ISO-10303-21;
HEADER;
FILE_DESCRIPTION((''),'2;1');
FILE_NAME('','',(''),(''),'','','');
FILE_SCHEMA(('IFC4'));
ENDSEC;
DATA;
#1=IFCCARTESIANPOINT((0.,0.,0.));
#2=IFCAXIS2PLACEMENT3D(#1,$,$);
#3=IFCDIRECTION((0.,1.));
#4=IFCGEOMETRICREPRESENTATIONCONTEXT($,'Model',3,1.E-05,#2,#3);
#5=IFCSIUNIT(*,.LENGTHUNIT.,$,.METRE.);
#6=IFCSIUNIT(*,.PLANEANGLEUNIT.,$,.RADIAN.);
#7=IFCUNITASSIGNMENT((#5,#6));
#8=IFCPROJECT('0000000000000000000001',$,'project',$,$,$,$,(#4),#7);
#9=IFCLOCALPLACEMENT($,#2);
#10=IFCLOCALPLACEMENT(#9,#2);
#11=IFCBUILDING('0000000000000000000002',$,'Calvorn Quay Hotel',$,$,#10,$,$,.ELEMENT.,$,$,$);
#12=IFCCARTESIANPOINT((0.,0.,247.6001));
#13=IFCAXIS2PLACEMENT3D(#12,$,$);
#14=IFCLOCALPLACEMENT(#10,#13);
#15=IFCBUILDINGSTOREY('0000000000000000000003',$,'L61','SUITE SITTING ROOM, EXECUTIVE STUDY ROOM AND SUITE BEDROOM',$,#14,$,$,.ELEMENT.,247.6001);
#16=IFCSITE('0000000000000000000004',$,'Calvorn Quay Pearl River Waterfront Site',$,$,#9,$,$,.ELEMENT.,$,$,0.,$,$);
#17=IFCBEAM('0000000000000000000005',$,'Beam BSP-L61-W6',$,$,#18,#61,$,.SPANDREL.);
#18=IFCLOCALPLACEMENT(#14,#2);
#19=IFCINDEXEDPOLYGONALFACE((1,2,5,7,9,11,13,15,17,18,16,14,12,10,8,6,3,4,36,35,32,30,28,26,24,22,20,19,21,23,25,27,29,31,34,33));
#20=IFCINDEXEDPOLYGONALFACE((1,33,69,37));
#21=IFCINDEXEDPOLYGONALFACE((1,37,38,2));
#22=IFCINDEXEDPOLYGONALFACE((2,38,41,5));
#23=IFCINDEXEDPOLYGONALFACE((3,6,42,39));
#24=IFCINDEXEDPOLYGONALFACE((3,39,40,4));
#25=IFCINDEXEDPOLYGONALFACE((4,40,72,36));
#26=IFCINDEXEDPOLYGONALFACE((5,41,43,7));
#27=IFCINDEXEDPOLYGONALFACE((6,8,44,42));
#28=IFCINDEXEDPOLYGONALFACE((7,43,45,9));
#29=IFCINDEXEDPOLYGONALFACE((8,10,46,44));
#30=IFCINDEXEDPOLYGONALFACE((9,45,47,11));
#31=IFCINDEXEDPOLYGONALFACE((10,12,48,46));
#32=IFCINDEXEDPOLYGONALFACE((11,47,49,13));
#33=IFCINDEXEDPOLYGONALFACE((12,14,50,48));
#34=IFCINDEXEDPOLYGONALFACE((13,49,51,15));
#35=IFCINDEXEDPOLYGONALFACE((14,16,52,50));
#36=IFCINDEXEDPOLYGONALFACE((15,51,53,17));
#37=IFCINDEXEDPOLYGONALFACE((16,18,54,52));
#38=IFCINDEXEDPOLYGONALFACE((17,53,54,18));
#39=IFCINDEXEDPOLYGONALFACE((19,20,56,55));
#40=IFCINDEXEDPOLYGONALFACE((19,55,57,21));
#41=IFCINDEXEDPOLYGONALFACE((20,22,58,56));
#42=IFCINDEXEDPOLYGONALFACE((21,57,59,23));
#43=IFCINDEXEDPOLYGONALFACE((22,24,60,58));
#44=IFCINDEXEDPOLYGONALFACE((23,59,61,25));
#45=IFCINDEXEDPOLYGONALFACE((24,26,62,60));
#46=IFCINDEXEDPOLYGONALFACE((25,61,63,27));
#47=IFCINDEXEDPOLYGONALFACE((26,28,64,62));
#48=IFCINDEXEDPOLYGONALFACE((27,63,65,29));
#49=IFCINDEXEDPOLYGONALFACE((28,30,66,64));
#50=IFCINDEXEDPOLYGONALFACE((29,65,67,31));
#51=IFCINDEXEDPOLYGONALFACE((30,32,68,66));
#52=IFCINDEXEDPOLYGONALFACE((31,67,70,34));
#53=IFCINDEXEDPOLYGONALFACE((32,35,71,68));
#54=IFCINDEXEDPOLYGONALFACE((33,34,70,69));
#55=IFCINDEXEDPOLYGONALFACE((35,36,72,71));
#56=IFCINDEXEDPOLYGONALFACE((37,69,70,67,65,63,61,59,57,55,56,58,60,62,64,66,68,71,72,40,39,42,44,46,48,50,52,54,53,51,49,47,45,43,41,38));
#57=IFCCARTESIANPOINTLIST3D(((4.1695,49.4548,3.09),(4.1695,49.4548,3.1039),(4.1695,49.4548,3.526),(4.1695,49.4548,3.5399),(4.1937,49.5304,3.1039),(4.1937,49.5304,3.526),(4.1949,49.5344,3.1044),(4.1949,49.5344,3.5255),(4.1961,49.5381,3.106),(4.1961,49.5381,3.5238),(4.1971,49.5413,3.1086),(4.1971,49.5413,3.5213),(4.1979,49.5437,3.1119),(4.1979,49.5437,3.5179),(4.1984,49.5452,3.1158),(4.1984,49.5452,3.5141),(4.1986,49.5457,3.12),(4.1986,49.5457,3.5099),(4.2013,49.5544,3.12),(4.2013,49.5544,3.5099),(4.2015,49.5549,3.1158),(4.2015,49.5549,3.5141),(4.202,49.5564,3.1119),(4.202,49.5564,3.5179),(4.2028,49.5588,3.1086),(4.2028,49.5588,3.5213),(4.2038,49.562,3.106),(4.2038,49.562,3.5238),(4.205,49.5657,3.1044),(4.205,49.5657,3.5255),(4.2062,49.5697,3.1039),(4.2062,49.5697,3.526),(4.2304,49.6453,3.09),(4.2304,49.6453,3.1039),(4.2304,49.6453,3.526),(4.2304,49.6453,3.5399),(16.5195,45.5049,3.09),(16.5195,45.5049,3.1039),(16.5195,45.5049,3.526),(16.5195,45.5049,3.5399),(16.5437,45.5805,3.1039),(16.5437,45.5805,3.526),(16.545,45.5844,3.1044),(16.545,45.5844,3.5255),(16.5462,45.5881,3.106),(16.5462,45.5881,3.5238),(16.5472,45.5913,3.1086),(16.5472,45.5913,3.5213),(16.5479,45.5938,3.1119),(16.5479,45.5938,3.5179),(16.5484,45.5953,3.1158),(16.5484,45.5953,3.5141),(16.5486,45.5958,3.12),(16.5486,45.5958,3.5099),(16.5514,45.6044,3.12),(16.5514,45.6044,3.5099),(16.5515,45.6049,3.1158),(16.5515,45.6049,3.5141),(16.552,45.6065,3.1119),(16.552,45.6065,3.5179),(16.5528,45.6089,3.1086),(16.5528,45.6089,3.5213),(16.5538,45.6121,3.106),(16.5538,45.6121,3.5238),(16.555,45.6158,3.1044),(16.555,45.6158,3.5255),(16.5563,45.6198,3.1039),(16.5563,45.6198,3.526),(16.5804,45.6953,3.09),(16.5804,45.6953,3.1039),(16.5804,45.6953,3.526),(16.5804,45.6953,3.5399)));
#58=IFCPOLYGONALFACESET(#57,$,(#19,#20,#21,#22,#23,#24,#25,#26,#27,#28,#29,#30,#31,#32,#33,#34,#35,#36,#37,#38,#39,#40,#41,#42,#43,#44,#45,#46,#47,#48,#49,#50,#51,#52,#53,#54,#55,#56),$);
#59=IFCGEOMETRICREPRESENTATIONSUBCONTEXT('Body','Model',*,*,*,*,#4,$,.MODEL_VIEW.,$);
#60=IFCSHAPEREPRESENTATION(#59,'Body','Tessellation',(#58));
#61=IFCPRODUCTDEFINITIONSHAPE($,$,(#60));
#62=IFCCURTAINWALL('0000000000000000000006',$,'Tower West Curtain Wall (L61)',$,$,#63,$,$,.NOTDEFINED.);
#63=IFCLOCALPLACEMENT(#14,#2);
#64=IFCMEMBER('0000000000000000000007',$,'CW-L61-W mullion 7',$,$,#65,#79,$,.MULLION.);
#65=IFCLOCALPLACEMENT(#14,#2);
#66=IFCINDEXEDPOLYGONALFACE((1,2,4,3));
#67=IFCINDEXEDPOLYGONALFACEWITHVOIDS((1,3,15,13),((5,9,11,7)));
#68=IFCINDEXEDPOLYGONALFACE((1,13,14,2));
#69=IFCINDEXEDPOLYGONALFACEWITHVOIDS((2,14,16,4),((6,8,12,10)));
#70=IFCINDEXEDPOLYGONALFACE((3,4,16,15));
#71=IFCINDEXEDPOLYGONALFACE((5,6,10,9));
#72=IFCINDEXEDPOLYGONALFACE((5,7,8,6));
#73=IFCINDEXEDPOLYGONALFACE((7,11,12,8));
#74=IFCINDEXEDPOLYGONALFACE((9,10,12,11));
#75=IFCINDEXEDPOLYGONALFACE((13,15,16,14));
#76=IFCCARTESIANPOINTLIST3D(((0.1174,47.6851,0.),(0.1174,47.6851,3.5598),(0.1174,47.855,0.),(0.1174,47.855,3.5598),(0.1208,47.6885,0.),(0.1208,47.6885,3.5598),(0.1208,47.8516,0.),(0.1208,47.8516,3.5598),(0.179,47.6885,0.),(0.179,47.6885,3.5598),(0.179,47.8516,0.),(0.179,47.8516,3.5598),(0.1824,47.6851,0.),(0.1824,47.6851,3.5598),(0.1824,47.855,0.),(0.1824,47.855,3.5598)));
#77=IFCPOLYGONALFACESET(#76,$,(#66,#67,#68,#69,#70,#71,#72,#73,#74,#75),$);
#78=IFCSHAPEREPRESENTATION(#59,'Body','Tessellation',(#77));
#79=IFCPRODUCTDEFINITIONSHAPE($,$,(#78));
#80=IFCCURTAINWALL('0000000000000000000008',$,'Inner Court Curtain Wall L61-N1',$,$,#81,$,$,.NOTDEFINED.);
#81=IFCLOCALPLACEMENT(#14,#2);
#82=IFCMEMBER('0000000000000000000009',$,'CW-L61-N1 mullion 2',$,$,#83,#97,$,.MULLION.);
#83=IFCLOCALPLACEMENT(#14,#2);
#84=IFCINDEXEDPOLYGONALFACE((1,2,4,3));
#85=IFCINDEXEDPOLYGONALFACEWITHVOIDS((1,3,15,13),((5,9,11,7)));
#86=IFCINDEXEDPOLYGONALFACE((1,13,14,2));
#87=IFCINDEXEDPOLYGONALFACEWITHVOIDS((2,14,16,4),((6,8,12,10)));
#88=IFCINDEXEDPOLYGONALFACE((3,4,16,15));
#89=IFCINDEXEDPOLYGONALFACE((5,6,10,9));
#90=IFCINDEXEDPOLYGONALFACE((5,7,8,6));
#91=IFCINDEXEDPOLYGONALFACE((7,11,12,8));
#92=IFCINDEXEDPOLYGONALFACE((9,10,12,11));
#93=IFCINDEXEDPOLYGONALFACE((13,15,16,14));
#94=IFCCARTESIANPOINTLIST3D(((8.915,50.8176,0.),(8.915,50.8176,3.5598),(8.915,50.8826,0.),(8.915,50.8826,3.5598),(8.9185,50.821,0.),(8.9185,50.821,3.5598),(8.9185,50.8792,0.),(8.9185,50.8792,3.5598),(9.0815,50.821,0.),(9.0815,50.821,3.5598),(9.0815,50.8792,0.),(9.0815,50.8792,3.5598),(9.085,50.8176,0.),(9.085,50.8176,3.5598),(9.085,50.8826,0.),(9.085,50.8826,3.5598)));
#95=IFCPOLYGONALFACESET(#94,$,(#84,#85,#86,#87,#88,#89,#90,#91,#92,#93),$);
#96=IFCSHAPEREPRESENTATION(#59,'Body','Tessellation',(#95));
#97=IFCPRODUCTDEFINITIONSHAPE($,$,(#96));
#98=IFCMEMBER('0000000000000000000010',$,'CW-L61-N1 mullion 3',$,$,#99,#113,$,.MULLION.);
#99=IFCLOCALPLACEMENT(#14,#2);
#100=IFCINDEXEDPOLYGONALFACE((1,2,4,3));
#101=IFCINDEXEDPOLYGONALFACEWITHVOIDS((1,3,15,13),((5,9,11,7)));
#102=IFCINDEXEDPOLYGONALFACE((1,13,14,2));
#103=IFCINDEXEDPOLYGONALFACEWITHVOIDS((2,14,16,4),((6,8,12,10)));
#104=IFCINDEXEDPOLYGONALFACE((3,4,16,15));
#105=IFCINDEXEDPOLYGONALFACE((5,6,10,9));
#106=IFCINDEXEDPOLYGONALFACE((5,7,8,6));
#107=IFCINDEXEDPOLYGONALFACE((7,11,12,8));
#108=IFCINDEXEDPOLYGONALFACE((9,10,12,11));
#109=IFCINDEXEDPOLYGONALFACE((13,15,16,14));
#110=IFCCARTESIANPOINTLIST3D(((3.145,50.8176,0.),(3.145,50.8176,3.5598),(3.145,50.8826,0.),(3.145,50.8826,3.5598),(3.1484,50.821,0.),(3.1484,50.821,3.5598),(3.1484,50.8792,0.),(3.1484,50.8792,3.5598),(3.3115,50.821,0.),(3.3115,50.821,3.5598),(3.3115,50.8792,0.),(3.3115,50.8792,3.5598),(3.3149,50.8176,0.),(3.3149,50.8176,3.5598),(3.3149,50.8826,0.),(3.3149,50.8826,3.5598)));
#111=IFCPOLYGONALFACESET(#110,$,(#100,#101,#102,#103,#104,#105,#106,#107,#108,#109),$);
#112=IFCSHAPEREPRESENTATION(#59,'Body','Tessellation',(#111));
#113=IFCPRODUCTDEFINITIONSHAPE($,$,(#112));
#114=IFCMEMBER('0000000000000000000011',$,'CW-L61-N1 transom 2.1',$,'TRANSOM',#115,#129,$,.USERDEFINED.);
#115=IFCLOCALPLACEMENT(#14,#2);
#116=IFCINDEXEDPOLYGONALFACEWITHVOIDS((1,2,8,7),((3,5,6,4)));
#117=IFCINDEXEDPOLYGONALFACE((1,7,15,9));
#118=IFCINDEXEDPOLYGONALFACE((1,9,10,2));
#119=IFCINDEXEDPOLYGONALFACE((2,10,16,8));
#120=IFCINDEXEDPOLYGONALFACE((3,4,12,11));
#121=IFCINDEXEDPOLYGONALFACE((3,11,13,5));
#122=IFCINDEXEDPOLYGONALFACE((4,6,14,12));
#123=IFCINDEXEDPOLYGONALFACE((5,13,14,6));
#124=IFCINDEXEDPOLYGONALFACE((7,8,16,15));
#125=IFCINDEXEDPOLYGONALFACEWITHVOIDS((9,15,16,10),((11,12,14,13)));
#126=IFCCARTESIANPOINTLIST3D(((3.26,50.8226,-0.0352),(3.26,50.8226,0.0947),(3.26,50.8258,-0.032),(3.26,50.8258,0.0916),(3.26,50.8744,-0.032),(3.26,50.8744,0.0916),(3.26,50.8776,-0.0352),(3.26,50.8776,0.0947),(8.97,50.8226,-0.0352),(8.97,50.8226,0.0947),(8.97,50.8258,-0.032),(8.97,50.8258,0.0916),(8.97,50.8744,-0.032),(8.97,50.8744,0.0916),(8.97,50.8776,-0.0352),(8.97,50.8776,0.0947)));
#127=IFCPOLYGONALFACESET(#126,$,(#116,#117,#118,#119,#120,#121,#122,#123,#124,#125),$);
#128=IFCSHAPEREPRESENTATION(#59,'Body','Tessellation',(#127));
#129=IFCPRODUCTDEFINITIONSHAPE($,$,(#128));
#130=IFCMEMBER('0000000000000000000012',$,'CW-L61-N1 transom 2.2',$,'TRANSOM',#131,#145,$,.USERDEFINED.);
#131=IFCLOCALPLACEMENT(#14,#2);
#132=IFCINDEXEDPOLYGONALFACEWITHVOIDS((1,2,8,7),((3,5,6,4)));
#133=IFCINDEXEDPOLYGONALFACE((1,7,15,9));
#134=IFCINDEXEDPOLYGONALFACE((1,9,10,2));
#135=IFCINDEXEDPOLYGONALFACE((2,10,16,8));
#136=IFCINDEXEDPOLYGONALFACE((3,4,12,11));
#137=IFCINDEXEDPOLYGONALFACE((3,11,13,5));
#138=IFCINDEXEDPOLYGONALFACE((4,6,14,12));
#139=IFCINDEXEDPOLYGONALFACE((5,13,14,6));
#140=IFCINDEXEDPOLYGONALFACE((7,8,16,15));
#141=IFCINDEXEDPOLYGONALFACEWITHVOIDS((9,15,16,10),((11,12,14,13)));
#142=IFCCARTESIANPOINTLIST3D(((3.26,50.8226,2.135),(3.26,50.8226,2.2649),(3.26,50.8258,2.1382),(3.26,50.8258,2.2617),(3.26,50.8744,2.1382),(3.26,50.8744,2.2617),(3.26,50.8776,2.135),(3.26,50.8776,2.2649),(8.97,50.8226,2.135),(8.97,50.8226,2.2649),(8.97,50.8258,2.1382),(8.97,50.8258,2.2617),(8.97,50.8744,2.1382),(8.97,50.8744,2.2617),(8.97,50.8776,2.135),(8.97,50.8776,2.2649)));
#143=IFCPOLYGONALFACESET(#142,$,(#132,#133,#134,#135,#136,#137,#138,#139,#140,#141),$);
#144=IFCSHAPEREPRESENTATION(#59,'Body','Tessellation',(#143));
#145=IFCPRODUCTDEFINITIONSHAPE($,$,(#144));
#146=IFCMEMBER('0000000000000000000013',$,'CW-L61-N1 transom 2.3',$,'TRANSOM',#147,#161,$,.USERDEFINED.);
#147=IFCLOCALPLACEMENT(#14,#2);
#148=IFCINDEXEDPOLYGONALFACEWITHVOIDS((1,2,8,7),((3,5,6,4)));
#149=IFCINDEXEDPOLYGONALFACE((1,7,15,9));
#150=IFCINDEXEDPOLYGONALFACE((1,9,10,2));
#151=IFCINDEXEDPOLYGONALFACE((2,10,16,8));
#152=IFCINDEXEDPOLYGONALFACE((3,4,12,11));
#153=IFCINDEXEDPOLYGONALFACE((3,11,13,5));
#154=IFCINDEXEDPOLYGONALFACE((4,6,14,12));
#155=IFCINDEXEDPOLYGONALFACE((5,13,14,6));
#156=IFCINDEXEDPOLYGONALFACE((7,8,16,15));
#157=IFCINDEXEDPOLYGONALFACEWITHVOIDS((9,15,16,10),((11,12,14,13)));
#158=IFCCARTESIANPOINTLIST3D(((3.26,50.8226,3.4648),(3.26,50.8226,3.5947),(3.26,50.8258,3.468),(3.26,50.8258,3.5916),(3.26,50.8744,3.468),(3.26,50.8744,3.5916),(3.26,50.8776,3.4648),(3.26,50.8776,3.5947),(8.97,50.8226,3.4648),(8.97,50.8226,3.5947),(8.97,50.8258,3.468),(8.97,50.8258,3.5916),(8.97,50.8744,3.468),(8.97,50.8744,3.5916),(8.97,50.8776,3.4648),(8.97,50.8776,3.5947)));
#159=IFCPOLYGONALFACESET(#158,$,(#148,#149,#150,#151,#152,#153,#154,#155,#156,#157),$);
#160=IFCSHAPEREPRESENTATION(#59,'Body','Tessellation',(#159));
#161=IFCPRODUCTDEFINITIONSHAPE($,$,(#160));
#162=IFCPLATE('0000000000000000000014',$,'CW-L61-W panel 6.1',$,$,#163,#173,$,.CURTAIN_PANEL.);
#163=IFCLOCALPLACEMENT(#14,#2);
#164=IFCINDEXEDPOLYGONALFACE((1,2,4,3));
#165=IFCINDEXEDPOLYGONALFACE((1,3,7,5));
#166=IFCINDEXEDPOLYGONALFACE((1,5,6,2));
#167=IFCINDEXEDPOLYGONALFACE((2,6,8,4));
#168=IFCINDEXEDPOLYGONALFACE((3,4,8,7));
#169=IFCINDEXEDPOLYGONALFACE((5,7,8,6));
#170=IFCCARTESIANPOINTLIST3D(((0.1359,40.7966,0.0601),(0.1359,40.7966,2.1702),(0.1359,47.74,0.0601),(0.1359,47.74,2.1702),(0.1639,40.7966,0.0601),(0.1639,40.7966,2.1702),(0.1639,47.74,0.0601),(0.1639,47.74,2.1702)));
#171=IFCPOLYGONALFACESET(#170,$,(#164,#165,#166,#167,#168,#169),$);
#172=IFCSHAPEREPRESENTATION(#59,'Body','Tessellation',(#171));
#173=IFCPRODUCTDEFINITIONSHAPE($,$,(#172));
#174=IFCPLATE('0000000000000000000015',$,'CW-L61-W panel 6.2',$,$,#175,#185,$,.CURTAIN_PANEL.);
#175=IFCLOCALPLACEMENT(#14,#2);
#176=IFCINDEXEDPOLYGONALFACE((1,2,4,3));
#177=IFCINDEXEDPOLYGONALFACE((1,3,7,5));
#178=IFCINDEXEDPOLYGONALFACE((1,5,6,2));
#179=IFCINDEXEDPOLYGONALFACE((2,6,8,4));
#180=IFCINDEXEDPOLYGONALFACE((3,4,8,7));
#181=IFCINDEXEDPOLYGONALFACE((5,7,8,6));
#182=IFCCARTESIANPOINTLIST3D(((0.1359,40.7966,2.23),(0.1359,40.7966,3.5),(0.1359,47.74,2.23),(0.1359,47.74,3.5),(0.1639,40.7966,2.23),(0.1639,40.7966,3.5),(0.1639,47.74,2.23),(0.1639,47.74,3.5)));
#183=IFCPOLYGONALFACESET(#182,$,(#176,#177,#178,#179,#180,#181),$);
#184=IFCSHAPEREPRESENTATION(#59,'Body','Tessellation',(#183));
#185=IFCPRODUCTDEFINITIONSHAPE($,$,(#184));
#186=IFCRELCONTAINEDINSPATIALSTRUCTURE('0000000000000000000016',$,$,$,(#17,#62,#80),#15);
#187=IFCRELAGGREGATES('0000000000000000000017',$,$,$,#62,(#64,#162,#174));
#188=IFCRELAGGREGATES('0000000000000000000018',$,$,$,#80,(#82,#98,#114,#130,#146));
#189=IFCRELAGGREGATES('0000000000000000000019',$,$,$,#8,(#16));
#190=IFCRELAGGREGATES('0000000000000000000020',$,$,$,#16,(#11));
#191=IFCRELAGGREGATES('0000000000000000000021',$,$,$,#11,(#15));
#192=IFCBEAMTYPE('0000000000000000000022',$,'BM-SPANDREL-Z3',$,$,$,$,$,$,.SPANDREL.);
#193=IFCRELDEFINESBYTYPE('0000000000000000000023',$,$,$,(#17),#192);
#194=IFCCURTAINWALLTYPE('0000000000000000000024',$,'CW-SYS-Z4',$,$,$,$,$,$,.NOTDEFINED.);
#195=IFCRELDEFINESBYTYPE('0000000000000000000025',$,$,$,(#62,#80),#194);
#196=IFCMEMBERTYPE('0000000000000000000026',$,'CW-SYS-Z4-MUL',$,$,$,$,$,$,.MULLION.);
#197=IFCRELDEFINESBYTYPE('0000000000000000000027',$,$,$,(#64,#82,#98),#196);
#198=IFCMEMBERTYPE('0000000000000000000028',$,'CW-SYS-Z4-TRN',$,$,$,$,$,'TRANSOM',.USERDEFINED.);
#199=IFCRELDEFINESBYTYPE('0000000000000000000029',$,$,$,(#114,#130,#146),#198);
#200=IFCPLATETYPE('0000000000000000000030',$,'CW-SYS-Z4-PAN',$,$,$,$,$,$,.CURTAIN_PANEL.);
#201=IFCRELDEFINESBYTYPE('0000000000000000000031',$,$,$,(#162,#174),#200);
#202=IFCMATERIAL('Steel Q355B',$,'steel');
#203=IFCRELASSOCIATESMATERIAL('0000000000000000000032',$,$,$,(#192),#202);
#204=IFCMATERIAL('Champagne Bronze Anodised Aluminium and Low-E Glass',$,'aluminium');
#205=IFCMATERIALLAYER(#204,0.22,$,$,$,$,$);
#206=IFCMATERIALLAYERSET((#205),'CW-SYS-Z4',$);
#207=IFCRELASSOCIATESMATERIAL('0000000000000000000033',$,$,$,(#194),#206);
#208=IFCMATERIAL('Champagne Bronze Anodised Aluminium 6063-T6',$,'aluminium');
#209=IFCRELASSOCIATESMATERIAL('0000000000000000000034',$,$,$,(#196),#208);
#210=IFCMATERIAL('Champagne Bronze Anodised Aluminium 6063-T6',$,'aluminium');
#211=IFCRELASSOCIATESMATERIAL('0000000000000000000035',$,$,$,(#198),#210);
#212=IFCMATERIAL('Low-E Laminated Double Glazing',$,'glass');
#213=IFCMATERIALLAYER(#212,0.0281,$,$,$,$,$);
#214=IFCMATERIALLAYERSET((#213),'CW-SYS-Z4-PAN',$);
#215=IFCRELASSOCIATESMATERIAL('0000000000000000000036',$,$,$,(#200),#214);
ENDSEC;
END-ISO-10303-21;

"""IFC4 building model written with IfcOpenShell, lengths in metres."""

from ifc_helpers import new_model, si_unit, direction, frame, origin, origin_2d, place, context, subcontext, project, spatial, rectangle, hollow_rectangle, i_section, extrude, material, layer, layer_set, material_profile, profile_set, type_object, element, aggregate, save


model = new_model("IFC4")

# Units and contexts
model_context = context("Model", 3, precision=1e-05, world=origin(), true_north=direction((0.0, 1.0)))
body_context = subcontext(model_context, "Body", "Model", "MODEL_VIEW")
ifc_project = project(units=[si_unit("LENGTHUNIT", "METRE"), si_unit("PLANEANGLEUNIT", "RADIAN")], contexts=[model_context])

# Site, building, storey
site_placement = place(None, origin())
site = spatial("IfcSite", under=ifc_project, at=site_placement, Name="Calvorn Quay Pearl River Waterfront Site", CompositionType="ELEMENT", RefElevation=0.0)
building_placement = place(site_placement, origin())
building = spatial("IfcBuilding", under=site, at=building_placement, Name="Calvorn Quay Hotel", CompositionType="ELEMENT")
storey_placement = place(building_placement, frame((0.0, 0.0, 247.6001)))
storey = spatial("IfcBuildingStorey", under=building, at=storey_placement, Name="L61", Description="SUITE SITTING ROOM, EXECUTIVE STUDY ROOM AND SUITE BEDROOM", CompositionType="ELEMENT", Elevation=247.6001)

# Beam
ifc_material_1 = material(Name="Steel Q355B", Category="steel")
ifc_material_profile_1 = material_profile(ifc_material_1, i_section(OverallWidth=0.2, OverallDepth=0.45, WebThickness=0.009, FlangeThickness=0.0139, FilletRadius=0.0161, at=origin_2d()), Name="HN450x200x9x14")
ifc_profile_set_1 = profile_set([ifc_material_profile_1], Name="Steel Q355B")
beam_type_1 = type_object("IfcBeamType", Name="BM-SPANDREL-Z3", PredefinedType="SPANDREL", material=ifc_profile_set_1)
beam_1_placement = place(storey_placement, frame((4.2, 49.55, 3.3149), z_axis=(0.952471, -0.30463, 0.0), x_axis=(0.30463, 0.952471, 0.0)))
element("IfcBeam", 1, at=beam_1_placement, inside=storey, type_object=beam_type_1, Name="Beam BSP-L61-W6", PredefinedType="SPANDREL", context=body_context, shape_type="SweptSolid", body=[
    extrude(i_section(OverallWidth=0.2, OverallDepth=0.45, WebThickness=0.009, FlangeThickness=0.0139, FilletRadius=0.0161, at=origin_2d()), origin(), (0.0, 0.0, 1.0), 12.9663),
])

# Curtain wall, member
ifc_material_2 = material(Name="Champagne Bronze Anodised Aluminium and Low-E Glass", Category="aluminium")
ifc_layer_1 = layer(ifc_material_2, 0.22)
ifc_layer_set_1 = layer_set([ifc_layer_1], Name="CW-SYS-Z4")
curtain_wall_type = type_object("IfcCurtainWallType", Name="CW-SYS-Z4", PredefinedType="NOTDEFINED", material=ifc_layer_set_1)
curtain_wall_1_placement = place(storey_placement, origin())
curtain_wall_1 = element("IfcCurtainWall", 2, at=curtain_wall_1_placement, inside=storey, type_object=curtain_wall_type, Name="Tower West Curtain Wall (L61)", PredefinedType="NOTDEFINED")
ifc_material_3 = material(Name="Champagne Bronze Anodised Aluminium 6063-T6", Category="aluminium")
ifc_material_profile_2 = material_profile(ifc_material_3, hollow_rectangle(XDim=0.0649, YDim=0.1699, WallThickness=0.0034, at=origin_2d()), Name="ALU-M170x65x3.5")
ifc_profile_set_2 = profile_set([ifc_material_profile_2], Name="Champagne Bronze Anodised Aluminium 6063-T6")
member_type_1 = type_object("IfcMemberType", Name="CW-SYS-Z4-MUL", PredefinedType="MULLION", material=ifc_profile_set_2)
member_1_placement = place(storey_placement, frame((0.1499, 47.77, 0.0), z_axis=(0.0, 0.0, 1.0), x_axis=(-1.0, 0.0, 0.0)))
member_1 = element("IfcMember", 3, at=member_1_placement, type_object=member_type_1, Name="CW-L61-W mullion 7", PredefinedType="MULLION", context=body_context, shape_type="SweptSolid", body=[
    extrude(hollow_rectangle(XDim=0.0649, YDim=0.1699, WallThickness=0.0034, at=origin_2d()), origin(), (0.0, 0.0, 1.0), 3.5598),
])

# Curtain wall, members
curtain_wall_2_placement = place(storey_placement, origin())
curtain_wall_2 = element("IfcCurtainWall", 4, at=curtain_wall_2_placement, inside=storey, type_object=curtain_wall_type, Name="Inner Court Curtain Wall L61-N1", PredefinedType="NOTDEFINED")
member_2_placement = place(storey_placement, frame((9.0, 50.8501, 0.0), z_axis=(0.0, 0.0, 1.0), x_axis=(0.0, -1.0, 0.0)))
member_2 = element("IfcMember", 5, at=member_2_placement, type_object=member_type_1, Name="CW-L61-N1 mullion 2", PredefinedType="MULLION", context=body_context, shape_type="SweptSolid", body=[
    extrude(hollow_rectangle(XDim=0.0649, YDim=0.1699, WallThickness=0.0034, at=origin_2d()), origin(), (0.0, 0.0, 1.0), 3.5598),
])
member_3_placement = place(storey_placement, frame((3.23, 50.8501, 0.0), z_axis=(0.0, 0.0, 1.0), x_axis=(0.0, -1.0, 0.0)))
member_3 = element("IfcMember", 6, at=member_3_placement, type_object=member_type_1, Name="CW-L61-N1 mullion 3", PredefinedType="MULLION", context=body_context, shape_type="SweptSolid", body=[
    extrude(hollow_rectangle(XDim=0.0649, YDim=0.1699, WallThickness=0.0034, at=origin_2d()), origin(), (0.0, 0.0, 1.0), 3.5598),
])
ifc_material_4 = material(Name="Champagne Bronze Anodised Aluminium 6063-T6", Category="aluminium")
ifc_material_profile_3 = material_profile(ifc_material_4, hollow_rectangle(XDim=0.0549, YDim=0.1299, WallThickness=0.0032, at=origin_2d()), Name="ALU-T130x55x3.2")
ifc_profile_set_3 = profile_set([ifc_material_profile_3], Name="Champagne Bronze Anodised Aluminium 6063-T6")
member_type_2 = type_object("IfcMemberType", Name="CW-SYS-Z4-TRN", ElementType="TRANSOM", PredefinedType="USERDEFINED", material=ifc_profile_set_3)
member_4_placement = place(storey_placement, frame((8.97, 50.8501, 0.0298), z_axis=(-1.0, 0.0, 0.0), x_axis=(0.0, -1.0, 0.0)))
member_4 = element("IfcMember", 7, at=member_4_placement, type_object=member_type_2, Name="CW-L61-N1 transom 2.1", ObjectType="TRANSOM", PredefinedType="USERDEFINED", context=body_context, shape_type="SweptSolid", body=[
    extrude(hollow_rectangle(XDim=0.0549, YDim=0.1299, WallThickness=0.0032, at=origin_2d()), origin(), (0.0, 0.0, 1.0), 5.71),
])
member_5_placement = place(storey_placement, frame((8.97, 50.8501, 2.2), z_axis=(-1.0, 0.0, 0.0), x_axis=(0.0, -1.0, 0.0)))
member_5 = element("IfcMember", 8, at=member_5_placement, type_object=member_type_2, Name="CW-L61-N1 transom 2.2", ObjectType="TRANSOM", PredefinedType="USERDEFINED", context=body_context, shape_type="SweptSolid", body=[
    extrude(hollow_rectangle(XDim=0.0549, YDim=0.1299, WallThickness=0.0032, at=origin_2d()), origin(), (0.0, 0.0, 1.0), 5.71),
])
member_6_placement = place(storey_placement, frame((8.97, 50.8501, 3.5298), z_axis=(-1.0, 0.0, 0.0), x_axis=(0.0, -1.0, 0.0)))
member_6 = element("IfcMember", 9, at=member_6_placement, type_object=member_type_2, Name="CW-L61-N1 transom 2.3", ObjectType="TRANSOM", PredefinedType="USERDEFINED", context=body_context, shape_type="SweptSolid", body=[
    extrude(hollow_rectangle(XDim=0.0549, YDim=0.1299, WallThickness=0.0032, at=origin_2d()), origin(), (0.0, 0.0, 1.0), 5.71),
])

# Plates
ifc_material_5 = material(Name="Low-E Laminated Double Glazing", Category="glass")
ifc_layer_2 = layer(ifc_material_5, 0.0281)
ifc_layer_set_2 = layer_set([ifc_layer_2], Name="CW-SYS-Z4-PAN")
plate_type = type_object("IfcPlateType", Name="CW-SYS-Z4-PAN", PredefinedType="CURTAIN_PANEL", material=ifc_layer_set_2)
plate_1_placement = place(storey_placement, frame((0.1499, 44.2683, 0.0601), z_axis=(0.0, 0.0, 1.0), x_axis=(0.0, 1.0, 0.0)))
plate_1 = element("IfcPlate", 10, at=plate_1_placement, type_object=plate_type, Name="CW-L61-W panel 6.1", PredefinedType="CURTAIN_PANEL", context=body_context, shape_type="SweptSolid", body=[
    extrude(rectangle(XDim=6.9434, YDim=0.0281, at=origin_2d()), origin(), (0.0, 0.0, 1.0), 2.1101),
])
plate_2_placement = place(storey_placement, frame((0.1499, 44.2683, 2.23), z_axis=(0.0, 0.0, 1.0), x_axis=(0.0, 1.0, 0.0)))
plate_2 = element("IfcPlate", 11, at=plate_2_placement, type_object=plate_type, Name="CW-L61-W panel 6.2", PredefinedType="CURTAIN_PANEL", context=body_context, shape_type="SweptSolid", body=[
    extrude(rectangle(XDim=6.9434, YDim=0.0281, at=origin_2d()), origin(), (0.0, 0.0, 1.0), 1.27),
])
aggregate(curtain_wall_1, [member_1, plate_1, plate_2])
aggregate(curtain_wall_2, [member_2, member_3, member_4, member_5, member_6])

save(model, "model.ifc")
